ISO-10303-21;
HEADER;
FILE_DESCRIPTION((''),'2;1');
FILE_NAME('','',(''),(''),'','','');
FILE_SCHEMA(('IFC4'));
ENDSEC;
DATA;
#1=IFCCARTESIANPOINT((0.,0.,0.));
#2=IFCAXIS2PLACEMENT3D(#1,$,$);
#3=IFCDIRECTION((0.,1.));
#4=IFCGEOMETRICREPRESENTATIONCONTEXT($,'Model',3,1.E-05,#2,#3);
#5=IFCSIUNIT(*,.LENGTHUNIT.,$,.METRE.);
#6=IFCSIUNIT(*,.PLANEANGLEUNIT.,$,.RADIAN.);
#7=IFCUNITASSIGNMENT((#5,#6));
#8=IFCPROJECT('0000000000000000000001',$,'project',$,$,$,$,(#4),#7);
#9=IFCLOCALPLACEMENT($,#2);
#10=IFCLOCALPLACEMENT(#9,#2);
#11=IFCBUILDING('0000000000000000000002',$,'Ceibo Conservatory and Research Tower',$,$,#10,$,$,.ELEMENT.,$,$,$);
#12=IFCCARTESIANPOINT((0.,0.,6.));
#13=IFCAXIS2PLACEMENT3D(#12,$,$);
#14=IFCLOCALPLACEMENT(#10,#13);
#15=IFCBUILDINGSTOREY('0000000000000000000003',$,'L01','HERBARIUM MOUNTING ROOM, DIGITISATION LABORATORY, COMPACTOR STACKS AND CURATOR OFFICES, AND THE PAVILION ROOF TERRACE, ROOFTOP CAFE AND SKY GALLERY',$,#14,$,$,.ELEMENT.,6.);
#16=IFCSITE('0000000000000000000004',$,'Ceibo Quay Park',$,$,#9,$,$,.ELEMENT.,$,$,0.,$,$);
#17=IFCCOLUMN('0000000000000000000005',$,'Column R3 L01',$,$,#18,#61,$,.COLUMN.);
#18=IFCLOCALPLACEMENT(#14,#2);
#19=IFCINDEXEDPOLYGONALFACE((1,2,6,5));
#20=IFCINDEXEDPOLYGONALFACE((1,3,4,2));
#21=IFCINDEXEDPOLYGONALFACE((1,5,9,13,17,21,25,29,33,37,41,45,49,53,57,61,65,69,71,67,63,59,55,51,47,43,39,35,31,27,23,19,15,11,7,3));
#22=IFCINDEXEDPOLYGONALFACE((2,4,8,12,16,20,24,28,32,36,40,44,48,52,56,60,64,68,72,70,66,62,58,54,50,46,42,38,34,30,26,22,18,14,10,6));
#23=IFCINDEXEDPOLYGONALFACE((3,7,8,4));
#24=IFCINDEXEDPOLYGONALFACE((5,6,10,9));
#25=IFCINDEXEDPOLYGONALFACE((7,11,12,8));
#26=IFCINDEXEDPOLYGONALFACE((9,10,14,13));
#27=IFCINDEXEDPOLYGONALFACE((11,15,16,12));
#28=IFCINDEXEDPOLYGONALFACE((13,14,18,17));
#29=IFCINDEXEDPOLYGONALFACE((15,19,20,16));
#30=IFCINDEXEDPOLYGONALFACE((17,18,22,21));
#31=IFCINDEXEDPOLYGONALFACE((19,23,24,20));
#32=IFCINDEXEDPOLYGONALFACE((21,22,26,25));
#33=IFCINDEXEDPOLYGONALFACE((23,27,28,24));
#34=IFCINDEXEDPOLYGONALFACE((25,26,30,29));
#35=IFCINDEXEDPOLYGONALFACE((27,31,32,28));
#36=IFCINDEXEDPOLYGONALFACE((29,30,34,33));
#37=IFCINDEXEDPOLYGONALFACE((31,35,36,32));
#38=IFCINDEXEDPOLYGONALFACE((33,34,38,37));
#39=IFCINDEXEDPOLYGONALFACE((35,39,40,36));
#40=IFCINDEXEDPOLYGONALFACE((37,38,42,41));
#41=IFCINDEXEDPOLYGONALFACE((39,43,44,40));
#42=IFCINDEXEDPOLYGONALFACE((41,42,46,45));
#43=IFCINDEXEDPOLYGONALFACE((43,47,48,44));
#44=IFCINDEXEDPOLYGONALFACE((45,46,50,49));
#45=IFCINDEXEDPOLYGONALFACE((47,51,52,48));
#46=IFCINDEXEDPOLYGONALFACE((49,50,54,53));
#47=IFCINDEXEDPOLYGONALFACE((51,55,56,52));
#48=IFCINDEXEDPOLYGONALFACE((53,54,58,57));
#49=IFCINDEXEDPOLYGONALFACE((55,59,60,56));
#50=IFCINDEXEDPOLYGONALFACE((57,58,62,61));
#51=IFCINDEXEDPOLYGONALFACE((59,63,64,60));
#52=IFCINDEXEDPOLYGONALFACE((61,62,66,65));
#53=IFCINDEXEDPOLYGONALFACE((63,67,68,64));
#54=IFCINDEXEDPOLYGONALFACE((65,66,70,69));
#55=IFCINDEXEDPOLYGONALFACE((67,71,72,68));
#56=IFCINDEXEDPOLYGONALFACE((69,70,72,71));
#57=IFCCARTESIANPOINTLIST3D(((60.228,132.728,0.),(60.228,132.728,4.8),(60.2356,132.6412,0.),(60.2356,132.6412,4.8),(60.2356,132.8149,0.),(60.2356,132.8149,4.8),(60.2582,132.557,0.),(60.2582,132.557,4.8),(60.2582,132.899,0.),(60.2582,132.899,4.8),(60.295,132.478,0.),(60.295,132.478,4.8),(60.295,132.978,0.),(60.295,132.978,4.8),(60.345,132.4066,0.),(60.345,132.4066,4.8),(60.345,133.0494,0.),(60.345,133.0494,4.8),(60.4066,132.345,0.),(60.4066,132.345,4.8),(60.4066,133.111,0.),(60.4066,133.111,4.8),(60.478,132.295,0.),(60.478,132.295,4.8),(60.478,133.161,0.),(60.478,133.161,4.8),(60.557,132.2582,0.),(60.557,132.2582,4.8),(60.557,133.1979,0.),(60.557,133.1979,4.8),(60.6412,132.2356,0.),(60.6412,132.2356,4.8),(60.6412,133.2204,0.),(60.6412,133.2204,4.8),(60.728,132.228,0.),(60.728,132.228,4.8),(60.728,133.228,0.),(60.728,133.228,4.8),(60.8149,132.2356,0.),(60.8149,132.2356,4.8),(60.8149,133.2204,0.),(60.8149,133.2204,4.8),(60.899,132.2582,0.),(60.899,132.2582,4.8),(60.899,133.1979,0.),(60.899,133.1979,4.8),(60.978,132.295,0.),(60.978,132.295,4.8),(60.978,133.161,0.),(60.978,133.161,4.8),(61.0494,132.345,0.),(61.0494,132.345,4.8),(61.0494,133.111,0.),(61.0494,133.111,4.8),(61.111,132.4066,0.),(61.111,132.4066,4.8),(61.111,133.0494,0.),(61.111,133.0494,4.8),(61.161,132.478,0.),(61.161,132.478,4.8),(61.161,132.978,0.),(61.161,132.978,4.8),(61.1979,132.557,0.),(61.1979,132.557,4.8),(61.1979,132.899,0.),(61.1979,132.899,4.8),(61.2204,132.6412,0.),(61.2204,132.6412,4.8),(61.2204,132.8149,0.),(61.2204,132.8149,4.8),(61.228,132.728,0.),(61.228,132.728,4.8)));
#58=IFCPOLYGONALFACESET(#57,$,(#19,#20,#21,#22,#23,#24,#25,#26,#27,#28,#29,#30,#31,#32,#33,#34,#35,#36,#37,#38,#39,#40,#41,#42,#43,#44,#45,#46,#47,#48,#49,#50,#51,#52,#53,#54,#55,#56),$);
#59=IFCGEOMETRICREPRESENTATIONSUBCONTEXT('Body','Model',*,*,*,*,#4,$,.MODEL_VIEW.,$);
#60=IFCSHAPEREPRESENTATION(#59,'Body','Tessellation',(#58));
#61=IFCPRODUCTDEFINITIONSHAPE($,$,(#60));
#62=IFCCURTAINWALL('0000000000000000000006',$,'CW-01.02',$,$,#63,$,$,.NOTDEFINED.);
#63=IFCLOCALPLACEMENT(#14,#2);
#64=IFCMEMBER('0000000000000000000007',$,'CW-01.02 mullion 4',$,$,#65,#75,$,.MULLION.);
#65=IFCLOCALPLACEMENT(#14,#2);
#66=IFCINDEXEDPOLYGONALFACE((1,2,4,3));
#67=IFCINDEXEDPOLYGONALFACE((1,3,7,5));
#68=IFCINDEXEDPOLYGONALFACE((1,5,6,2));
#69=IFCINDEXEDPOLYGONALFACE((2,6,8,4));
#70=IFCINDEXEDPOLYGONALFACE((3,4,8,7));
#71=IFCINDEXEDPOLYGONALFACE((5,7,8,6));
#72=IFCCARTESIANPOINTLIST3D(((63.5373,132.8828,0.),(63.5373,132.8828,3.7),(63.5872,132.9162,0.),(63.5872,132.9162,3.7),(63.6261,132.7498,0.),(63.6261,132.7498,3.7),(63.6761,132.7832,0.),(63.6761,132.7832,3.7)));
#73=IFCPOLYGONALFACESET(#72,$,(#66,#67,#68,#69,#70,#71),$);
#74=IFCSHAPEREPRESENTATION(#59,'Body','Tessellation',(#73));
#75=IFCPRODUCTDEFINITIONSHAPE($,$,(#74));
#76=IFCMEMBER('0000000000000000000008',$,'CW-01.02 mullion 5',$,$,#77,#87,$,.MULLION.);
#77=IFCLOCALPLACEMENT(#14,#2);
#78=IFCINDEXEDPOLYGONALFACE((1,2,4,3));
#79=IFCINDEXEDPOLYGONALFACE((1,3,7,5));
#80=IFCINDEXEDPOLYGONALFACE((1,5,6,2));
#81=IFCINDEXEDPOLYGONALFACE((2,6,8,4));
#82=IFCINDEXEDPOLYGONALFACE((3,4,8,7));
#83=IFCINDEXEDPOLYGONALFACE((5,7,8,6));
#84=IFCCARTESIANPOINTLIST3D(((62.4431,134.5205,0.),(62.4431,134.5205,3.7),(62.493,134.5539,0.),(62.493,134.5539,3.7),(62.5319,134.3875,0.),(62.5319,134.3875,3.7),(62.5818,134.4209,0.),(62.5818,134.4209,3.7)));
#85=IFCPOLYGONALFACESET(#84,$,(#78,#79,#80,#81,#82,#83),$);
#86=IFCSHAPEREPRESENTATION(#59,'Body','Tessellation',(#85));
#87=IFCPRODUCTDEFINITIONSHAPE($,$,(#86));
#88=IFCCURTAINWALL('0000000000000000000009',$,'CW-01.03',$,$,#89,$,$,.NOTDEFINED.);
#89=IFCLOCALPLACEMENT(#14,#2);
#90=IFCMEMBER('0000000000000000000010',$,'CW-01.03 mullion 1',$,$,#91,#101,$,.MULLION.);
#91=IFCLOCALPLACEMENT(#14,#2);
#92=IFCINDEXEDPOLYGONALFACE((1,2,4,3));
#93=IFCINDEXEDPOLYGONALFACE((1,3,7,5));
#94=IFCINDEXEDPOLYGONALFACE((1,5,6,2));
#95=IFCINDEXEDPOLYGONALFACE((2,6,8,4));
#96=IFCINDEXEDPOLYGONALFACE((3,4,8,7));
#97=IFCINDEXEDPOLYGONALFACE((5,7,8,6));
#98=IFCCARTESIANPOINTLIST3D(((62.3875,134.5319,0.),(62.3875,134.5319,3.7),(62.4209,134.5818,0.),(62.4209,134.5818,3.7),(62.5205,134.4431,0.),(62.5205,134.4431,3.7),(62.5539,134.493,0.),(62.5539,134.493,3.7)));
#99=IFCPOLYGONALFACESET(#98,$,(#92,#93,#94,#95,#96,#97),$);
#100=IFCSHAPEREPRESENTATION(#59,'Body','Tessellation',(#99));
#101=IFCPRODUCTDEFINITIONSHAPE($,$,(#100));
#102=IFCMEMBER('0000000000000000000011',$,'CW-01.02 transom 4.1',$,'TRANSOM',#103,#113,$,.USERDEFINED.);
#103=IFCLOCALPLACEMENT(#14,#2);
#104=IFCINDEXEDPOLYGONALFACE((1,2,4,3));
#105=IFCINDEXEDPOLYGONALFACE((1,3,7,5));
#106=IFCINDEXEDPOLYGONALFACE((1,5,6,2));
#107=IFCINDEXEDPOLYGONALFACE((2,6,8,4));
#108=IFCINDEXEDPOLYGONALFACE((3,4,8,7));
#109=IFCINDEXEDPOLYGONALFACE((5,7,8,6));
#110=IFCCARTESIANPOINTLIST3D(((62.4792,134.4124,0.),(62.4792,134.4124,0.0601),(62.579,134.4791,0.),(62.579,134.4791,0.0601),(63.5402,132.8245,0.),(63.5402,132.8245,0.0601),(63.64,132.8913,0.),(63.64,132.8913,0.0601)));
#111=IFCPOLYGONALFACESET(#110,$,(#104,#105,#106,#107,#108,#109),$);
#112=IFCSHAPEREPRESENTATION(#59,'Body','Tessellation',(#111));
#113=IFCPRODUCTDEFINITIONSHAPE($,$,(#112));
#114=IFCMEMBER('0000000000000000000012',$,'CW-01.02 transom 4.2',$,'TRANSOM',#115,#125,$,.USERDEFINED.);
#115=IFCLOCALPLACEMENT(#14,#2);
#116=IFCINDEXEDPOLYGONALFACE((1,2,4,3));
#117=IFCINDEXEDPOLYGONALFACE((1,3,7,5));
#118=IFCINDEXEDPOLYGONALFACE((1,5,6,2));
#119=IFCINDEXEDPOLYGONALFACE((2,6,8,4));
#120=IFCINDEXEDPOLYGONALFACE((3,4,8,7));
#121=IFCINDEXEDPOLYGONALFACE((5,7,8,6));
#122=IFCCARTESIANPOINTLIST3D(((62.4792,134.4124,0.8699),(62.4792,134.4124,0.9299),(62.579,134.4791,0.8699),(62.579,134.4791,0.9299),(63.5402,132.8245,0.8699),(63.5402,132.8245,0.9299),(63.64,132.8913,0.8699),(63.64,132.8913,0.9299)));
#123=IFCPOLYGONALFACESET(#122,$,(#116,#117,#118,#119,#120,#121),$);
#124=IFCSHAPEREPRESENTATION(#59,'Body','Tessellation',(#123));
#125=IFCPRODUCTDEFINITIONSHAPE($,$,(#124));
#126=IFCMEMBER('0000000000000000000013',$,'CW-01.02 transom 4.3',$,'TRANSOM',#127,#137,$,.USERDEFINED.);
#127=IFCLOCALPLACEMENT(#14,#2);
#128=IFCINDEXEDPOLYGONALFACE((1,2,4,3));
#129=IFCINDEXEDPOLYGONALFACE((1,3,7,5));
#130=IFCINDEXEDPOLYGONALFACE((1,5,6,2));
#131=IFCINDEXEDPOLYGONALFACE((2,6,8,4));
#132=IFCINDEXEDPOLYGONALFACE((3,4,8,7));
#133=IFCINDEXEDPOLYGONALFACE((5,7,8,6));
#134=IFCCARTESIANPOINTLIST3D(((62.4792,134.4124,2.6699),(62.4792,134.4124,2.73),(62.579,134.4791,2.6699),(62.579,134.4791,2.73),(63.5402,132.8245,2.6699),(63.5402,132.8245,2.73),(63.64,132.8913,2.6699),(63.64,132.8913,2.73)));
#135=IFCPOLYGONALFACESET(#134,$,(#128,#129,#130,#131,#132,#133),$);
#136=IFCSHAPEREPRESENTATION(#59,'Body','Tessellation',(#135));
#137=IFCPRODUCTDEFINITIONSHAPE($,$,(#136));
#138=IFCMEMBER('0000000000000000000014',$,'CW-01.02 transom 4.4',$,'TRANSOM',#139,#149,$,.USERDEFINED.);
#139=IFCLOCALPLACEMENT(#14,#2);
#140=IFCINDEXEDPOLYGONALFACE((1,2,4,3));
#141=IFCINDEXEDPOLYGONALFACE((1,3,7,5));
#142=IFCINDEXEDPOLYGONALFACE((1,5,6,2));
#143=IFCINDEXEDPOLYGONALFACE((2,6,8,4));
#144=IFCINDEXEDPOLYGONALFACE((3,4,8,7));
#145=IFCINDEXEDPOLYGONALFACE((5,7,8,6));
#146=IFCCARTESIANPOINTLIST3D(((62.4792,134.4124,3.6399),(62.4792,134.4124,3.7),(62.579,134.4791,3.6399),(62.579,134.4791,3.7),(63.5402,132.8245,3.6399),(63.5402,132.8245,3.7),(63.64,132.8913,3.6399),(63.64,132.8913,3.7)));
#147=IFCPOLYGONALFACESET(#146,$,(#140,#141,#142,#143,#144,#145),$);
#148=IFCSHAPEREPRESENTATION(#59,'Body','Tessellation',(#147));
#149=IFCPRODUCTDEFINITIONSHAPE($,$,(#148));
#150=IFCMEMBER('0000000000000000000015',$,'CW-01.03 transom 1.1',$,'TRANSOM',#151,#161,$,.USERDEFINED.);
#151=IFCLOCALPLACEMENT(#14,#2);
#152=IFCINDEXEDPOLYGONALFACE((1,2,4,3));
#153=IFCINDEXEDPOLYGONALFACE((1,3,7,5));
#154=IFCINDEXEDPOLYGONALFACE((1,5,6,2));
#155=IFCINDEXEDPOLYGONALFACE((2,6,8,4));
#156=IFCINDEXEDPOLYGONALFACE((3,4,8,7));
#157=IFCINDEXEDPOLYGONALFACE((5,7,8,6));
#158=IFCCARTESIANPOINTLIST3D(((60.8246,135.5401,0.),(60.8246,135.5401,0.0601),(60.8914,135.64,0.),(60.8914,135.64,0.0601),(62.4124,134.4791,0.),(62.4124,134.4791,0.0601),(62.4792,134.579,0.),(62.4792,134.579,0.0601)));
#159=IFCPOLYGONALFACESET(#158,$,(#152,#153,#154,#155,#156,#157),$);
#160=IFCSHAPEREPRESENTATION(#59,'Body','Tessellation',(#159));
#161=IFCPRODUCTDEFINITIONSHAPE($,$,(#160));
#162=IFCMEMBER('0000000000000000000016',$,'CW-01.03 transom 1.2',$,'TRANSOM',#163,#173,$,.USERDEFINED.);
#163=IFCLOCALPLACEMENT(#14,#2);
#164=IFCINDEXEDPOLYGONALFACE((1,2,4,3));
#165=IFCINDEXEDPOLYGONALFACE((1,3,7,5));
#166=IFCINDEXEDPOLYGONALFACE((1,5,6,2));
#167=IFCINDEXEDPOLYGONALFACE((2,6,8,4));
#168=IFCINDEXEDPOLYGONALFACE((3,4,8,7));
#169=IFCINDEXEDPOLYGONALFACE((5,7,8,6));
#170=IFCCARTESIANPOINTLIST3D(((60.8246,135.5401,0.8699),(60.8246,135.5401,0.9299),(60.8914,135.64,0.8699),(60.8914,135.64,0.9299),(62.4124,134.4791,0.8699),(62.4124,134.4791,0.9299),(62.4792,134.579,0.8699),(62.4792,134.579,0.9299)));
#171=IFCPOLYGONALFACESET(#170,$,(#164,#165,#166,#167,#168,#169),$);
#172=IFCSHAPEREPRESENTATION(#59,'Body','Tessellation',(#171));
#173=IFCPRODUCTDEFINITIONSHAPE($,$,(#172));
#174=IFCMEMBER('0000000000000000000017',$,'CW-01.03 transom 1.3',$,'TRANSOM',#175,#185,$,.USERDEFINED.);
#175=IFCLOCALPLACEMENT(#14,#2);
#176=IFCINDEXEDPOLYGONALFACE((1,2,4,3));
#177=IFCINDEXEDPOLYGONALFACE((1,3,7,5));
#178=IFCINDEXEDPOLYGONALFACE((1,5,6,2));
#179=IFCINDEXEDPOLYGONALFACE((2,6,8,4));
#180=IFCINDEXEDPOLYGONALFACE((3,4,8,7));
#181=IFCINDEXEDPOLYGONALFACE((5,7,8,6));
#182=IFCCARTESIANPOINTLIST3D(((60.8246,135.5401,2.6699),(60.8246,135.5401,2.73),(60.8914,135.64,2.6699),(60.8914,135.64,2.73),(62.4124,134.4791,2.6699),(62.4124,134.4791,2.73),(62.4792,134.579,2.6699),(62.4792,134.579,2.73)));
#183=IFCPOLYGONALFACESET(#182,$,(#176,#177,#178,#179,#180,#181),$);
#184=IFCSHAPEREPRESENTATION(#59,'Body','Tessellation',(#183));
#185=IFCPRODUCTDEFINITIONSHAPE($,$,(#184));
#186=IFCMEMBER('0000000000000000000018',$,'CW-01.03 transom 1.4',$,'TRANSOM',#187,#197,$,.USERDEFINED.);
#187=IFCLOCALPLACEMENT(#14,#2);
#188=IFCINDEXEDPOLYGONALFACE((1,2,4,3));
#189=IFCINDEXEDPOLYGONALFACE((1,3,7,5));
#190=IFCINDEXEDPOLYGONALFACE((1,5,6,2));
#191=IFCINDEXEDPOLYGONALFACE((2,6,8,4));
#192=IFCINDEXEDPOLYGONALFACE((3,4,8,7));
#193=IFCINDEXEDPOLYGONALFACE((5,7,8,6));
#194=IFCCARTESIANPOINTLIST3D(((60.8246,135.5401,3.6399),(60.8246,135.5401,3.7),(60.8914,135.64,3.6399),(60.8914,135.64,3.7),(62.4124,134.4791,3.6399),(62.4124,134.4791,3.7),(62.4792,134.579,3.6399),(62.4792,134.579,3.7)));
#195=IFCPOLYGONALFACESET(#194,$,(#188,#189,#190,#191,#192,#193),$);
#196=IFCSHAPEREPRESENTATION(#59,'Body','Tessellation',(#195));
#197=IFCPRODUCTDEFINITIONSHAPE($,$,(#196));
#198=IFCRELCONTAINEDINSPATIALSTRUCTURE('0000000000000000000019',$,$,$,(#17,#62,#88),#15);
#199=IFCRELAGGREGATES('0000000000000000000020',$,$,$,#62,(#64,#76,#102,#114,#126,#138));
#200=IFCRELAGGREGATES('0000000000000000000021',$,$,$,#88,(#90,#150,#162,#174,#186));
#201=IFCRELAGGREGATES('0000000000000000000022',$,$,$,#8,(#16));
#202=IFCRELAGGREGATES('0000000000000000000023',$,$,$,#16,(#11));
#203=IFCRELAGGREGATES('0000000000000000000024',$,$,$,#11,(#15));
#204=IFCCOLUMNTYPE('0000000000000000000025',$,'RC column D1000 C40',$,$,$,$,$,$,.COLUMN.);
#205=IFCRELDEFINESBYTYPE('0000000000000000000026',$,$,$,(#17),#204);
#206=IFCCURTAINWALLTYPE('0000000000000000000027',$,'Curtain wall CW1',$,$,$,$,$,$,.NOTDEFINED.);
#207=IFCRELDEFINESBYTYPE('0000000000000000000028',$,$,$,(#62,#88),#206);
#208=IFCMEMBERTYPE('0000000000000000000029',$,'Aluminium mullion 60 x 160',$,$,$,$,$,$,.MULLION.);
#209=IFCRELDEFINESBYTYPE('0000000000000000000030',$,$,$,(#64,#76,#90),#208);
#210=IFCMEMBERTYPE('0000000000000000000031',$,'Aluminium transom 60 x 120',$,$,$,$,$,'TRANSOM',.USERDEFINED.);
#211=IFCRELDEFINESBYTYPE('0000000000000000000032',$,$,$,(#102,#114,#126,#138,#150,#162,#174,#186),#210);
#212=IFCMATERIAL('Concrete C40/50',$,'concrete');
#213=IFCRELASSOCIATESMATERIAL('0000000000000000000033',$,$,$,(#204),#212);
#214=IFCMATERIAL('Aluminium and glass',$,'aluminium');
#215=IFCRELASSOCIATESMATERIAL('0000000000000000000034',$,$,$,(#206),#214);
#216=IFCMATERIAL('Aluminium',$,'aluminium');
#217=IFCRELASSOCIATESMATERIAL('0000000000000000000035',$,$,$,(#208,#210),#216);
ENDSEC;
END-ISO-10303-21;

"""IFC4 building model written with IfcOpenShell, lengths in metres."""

from ifc_helpers import new_model, si_unit, direction, frame, origin, origin_2d, place, context, subcontext, project, spatial, rectangle, circle, extrude, material, material_profile, profile_set, type_object, element, aggregate, save


model = new_model("IFC4")

# Units and contexts
model_context = context("Model", 3, precision=1e-05, world=origin(), true_north=direction((0.0, 1.0)))
body_context = subcontext(model_context, "Body", "Model", "MODEL_VIEW")
ifc_project = project(units=[si_unit("LENGTHUNIT", "METRE"), si_unit("PLANEANGLEUNIT", "RADIAN")], contexts=[model_context])

# Site, building, storey
site_placement = place(None, origin())
site = spatial("IfcSite", under=ifc_project, at=site_placement, Name="Ceibo Quay Park", CompositionType="ELEMENT", RefElevation=0.0)
building_placement = place(site_placement, origin())
building = spatial("IfcBuilding", under=site, at=building_placement, Name="Ceibo Conservatory and Research Tower", CompositionType="ELEMENT")
storey_placement = place(building_placement, frame((0.0, 0.0, 6.0)))
storey = spatial("IfcBuildingStorey", under=building, at=storey_placement, Name="L01", Description="HERBARIUM MOUNTING ROOM, DIGITISATION LABORATORY, COMPACTOR STACKS AND CURATOR OFFICES, AND THE PAVILION ROOF TERRACE, ROOFTOP CAFE AND SKY GALLERY", CompositionType="ELEMENT", Elevation=6.0)

# Column
ifc_material_1 = material(Name="Concrete C40/50", Category="concrete")
ifc_material_profile_1 = material_profile(ifc_material_1, circle(Radius=0.5, at=origin_2d()), Name="RC D1000")
ifc_profile_set_1 = profile_set([ifc_material_profile_1], Name="Concrete C40/50")
column_type = type_object("IfcColumnType", Name="RC column D1000 C40", PredefinedType="COLUMN", material=ifc_profile_set_1)
column_placement = place(storey_placement, frame((60.728, 132.728, 0.0), z_axis=(0.0, 0.0, 1.0), x_axis=(1.0, 0.0, 0.0)))
element("IfcColumn", 1, at=column_placement, inside=storey, type_object=column_type, Name="Column R3 L01", PredefinedType="COLUMN", context=body_context, shape_type="SweptSolid", body=[
    extrude(circle(Radius=0.5, at=origin_2d()), origin(), (0.0, 0.0, 1.0), 4.8),
])

# Curtain wall, members
ifc_material_2 = material(Name="Aluminium and glass", Category="aluminium")
curtain_wall_type = type_object("IfcCurtainWallType", Name="Curtain wall CW1", PredefinedType="NOTDEFINED", material=ifc_material_2)
curtain_wall_1_placement = place(storey_placement, origin())
curtain_wall_1 = element("IfcCurtainWall", 2, at=curtain_wall_1_placement, inside=storey, type_object=curtain_wall_type, Name="CW-01.02", PredefinedType="NOTDEFINED")
ifc_material_3 = material(Name="Aluminium", Category="aluminium")
ifc_material_profile_2 = material_profile(ifc_material_3, rectangle(XDim=0.0601, YDim=0.1599, at=origin_2d()), Name="Aluminium 60 x 160")
ifc_profile_set_2 = profile_set([ifc_material_profile_2], Name="Aluminium")
member_type_1 = type_object("IfcMemberType", Name="Aluminium mullion 60 x 160", PredefinedType="MULLION", material=ifc_profile_set_2)
member_1_placement = place(storey_placement, frame((63.6067, 132.833, 0.0), z_axis=(0.0, 0.0, 1.0), x_axis=(-0.83147, -0.55557, 0.0)))
member_1 = element("IfcMember", 3, at=member_1_placement, type_object=member_type_1, Name="CW-01.02 mullion 4", PredefinedType="MULLION", context=body_context, shape_type="SweptSolid", body=[
    extrude(rectangle(XDim=0.0601, YDim=0.1599, at=origin_2d()), origin(), (0.0, 0.0, 1.0), 3.7),
])
member_2_placement = place(storey_placement, frame((62.5125, 134.4707, 0.0), z_axis=(0.0, 0.0, 1.0), x_axis=(-0.83147, -0.55557, 0.0)))
member_2 = element("IfcMember", 4, at=member_2_placement, type_object=member_type_1, Name="CW-01.02 mullion 5", PredefinedType="MULLION", context=body_context, shape_type="SweptSolid", body=[
    extrude(rectangle(XDim=0.0601, YDim=0.1599, at=origin_2d()), origin(), (0.0, 0.0, 1.0), 3.7),
])

# Curtain wall, member
curtain_wall_2_placement = place(storey_placement, origin())
curtain_wall_2 = element("IfcCurtainWall", 5, at=curtain_wall_2_placement, inside=storey, type_object=curtain_wall_type, Name="CW-01.03", PredefinedType="NOTDEFINED")
member_3_placement = place(storey_placement, frame((62.4707, 134.5125, 0.0), z_axis=(0.0, 0.0, 1.0), x_axis=(-0.55557, -0.83147, 0.0)))
member_3 = element("IfcMember", 6, at=member_3_placement, type_object=member_type_1, Name="CW-01.03 mullion 1", PredefinedType="MULLION", context=body_context, shape_type="SweptSolid", body=[
    extrude(rectangle(XDim=0.0601, YDim=0.1599, at=origin_2d()), origin(), (0.0, 0.0, 1.0), 3.7),
])

# Members
ifc_material_profile_3 = material_profile(ifc_material_3, rectangle(XDim=0.1201, YDim=0.0601, at=origin_2d()), Name="Aluminium 60 x 120")
ifc_profile_set_3 = profile_set([ifc_material_profile_3], Name="Aluminium")
member_type_2 = type_object("IfcMemberType", Name="Aluminium transom 60 x 120", ElementType="TRANSOM", PredefinedType="USERDEFINED", material=ifc_profile_set_3)
member_4_placement = place(storey_placement, frame((63.5901, 132.8579, 0.03), z_axis=(-0.555585, 0.83146, 0.0), x_axis=(-0.83146, -0.555585, 0.0)))
member_4 = element("IfcMember", 7, at=member_4_placement, type_object=member_type_2, Name="CW-01.02 transom 4.1", ObjectType="TRANSOM", PredefinedType="USERDEFINED", context=body_context, shape_type="SweptSolid", body=[
    extrude(rectangle(XDim=0.1201, YDim=0.0601, at=origin_2d()), origin(), (0.0, 0.0, 1.0), 1.9097),
])
member_5_placement = place(storey_placement, frame((63.5901, 132.8579, 0.8999), z_axis=(-0.555585, 0.83146, 0.0), x_axis=(-0.83146, -0.555585, 0.0)))
member_5 = element("IfcMember", 8, at=member_5_placement, type_object=member_type_2, Name="CW-01.02 transom 4.2", ObjectType="TRANSOM", PredefinedType="USERDEFINED", context=body_context, shape_type="SweptSolid", body=[
    extrude(rectangle(XDim=0.1201, YDim=0.0601, at=origin_2d()), origin(), (0.0, 0.0, 1.0), 1.9097),
])
member_6_placement = place(storey_placement, frame((63.5901, 132.8579, 2.7), z_axis=(-0.555585, 0.83146, 0.0), x_axis=(-0.83146, -0.555585, 0.0)))
member_6 = element("IfcMember", 9, at=member_6_placement, type_object=member_type_2, Name="CW-01.02 transom 4.3", ObjectType="TRANSOM", PredefinedType="USERDEFINED", context=body_context, shape_type="SweptSolid", body=[
    extrude(rectangle(XDim=0.1201, YDim=0.0601, at=origin_2d()), origin(), (0.0, 0.0, 1.0), 1.9097),
])
member_7_placement = place(storey_placement, frame((63.5901, 132.8579, 3.6699), z_axis=(-0.555585, 0.83146, 0.0), x_axis=(-0.83146, -0.555585, 0.0)))
member_7 = element("IfcMember", 10, at=member_7_placement, type_object=member_type_2, Name="CW-01.02 transom 4.4", ObjectType="TRANSOM", PredefinedType="USERDEFINED", context=body_context, shape_type="SweptSolid", body=[
    extrude(rectangle(XDim=0.1201, YDim=0.0601, at=origin_2d()), origin(), (0.0, 0.0, 1.0), 1.9097),
])
member_8_placement = place(storey_placement, frame((62.4458, 134.5291, 0.03), z_axis=(-0.83146, 0.555585, 0.0), x_axis=(-0.555585, -0.83146, 0.0)))
member_8 = element("IfcMember", 11, at=member_8_placement, type_object=member_type_2, Name="CW-01.03 transom 1.1", ObjectType="TRANSOM", PredefinedType="USERDEFINED", context=body_context, shape_type="SweptSolid", body=[
    extrude(rectangle(XDim=0.1201, YDim=0.0601, at=origin_2d()), origin(), (0.0, 0.0, 1.0), 1.9097),
])
member_9_placement = place(storey_placement, frame((62.4458, 134.5291, 0.8999), z_axis=(-0.83146, 0.555585, 0.0), x_axis=(-0.555585, -0.83146, 0.0)))
member_9 = element("IfcMember", 12, at=member_9_placement, type_object=member_type_2, Name="CW-01.03 transom 1.2", ObjectType="TRANSOM", PredefinedType="USERDEFINED", context=body_context, shape_type="SweptSolid", body=[
    extrude(rectangle(XDim=0.1201, YDim=0.0601, at=origin_2d()), origin(), (0.0, 0.0, 1.0), 1.9097),
])
member_10_placement = place(storey_placement, frame((62.4458, 134.5291, 2.7), z_axis=(-0.83146, 0.555585, 0.0), x_axis=(-0.555585, -0.83146, 0.0)))
member_10 = element("IfcMember", 13, at=member_10_placement, type_object=member_type_2, Name="CW-01.03 transom 1.3", ObjectType="TRANSOM", PredefinedType="USERDEFINED", context=body_context, shape_type="SweptSolid", body=[
    extrude(rectangle(XDim=0.1201, YDim=0.0601, at=origin_2d()), origin(), (0.0, 0.0, 1.0), 1.9097),
])
member_11_placement = place(storey_placement, frame((62.4458, 134.5291, 3.6699), z_axis=(-0.83146, 0.555585, 0.0), x_axis=(-0.555585, -0.83146, 0.0)))
member_11 = element("IfcMember", 14, at=member_11_placement, type_object=member_type_2, Name="CW-01.03 transom 1.4", ObjectType="TRANSOM", PredefinedType="USERDEFINED", context=body_context, shape_type="SweptSolid", body=[
    extrude(rectangle(XDim=0.1201, YDim=0.0601, at=origin_2d()), origin(), (0.0, 0.0, 1.0), 1.9097),
])

aggregate(curtain_wall_1, [member_1, member_2, member_4, member_5, member_6, member_7])
aggregate(curtain_wall_2, [member_3, member_8, member_9, member_10, member_11])

save(model, "model.ifc")
